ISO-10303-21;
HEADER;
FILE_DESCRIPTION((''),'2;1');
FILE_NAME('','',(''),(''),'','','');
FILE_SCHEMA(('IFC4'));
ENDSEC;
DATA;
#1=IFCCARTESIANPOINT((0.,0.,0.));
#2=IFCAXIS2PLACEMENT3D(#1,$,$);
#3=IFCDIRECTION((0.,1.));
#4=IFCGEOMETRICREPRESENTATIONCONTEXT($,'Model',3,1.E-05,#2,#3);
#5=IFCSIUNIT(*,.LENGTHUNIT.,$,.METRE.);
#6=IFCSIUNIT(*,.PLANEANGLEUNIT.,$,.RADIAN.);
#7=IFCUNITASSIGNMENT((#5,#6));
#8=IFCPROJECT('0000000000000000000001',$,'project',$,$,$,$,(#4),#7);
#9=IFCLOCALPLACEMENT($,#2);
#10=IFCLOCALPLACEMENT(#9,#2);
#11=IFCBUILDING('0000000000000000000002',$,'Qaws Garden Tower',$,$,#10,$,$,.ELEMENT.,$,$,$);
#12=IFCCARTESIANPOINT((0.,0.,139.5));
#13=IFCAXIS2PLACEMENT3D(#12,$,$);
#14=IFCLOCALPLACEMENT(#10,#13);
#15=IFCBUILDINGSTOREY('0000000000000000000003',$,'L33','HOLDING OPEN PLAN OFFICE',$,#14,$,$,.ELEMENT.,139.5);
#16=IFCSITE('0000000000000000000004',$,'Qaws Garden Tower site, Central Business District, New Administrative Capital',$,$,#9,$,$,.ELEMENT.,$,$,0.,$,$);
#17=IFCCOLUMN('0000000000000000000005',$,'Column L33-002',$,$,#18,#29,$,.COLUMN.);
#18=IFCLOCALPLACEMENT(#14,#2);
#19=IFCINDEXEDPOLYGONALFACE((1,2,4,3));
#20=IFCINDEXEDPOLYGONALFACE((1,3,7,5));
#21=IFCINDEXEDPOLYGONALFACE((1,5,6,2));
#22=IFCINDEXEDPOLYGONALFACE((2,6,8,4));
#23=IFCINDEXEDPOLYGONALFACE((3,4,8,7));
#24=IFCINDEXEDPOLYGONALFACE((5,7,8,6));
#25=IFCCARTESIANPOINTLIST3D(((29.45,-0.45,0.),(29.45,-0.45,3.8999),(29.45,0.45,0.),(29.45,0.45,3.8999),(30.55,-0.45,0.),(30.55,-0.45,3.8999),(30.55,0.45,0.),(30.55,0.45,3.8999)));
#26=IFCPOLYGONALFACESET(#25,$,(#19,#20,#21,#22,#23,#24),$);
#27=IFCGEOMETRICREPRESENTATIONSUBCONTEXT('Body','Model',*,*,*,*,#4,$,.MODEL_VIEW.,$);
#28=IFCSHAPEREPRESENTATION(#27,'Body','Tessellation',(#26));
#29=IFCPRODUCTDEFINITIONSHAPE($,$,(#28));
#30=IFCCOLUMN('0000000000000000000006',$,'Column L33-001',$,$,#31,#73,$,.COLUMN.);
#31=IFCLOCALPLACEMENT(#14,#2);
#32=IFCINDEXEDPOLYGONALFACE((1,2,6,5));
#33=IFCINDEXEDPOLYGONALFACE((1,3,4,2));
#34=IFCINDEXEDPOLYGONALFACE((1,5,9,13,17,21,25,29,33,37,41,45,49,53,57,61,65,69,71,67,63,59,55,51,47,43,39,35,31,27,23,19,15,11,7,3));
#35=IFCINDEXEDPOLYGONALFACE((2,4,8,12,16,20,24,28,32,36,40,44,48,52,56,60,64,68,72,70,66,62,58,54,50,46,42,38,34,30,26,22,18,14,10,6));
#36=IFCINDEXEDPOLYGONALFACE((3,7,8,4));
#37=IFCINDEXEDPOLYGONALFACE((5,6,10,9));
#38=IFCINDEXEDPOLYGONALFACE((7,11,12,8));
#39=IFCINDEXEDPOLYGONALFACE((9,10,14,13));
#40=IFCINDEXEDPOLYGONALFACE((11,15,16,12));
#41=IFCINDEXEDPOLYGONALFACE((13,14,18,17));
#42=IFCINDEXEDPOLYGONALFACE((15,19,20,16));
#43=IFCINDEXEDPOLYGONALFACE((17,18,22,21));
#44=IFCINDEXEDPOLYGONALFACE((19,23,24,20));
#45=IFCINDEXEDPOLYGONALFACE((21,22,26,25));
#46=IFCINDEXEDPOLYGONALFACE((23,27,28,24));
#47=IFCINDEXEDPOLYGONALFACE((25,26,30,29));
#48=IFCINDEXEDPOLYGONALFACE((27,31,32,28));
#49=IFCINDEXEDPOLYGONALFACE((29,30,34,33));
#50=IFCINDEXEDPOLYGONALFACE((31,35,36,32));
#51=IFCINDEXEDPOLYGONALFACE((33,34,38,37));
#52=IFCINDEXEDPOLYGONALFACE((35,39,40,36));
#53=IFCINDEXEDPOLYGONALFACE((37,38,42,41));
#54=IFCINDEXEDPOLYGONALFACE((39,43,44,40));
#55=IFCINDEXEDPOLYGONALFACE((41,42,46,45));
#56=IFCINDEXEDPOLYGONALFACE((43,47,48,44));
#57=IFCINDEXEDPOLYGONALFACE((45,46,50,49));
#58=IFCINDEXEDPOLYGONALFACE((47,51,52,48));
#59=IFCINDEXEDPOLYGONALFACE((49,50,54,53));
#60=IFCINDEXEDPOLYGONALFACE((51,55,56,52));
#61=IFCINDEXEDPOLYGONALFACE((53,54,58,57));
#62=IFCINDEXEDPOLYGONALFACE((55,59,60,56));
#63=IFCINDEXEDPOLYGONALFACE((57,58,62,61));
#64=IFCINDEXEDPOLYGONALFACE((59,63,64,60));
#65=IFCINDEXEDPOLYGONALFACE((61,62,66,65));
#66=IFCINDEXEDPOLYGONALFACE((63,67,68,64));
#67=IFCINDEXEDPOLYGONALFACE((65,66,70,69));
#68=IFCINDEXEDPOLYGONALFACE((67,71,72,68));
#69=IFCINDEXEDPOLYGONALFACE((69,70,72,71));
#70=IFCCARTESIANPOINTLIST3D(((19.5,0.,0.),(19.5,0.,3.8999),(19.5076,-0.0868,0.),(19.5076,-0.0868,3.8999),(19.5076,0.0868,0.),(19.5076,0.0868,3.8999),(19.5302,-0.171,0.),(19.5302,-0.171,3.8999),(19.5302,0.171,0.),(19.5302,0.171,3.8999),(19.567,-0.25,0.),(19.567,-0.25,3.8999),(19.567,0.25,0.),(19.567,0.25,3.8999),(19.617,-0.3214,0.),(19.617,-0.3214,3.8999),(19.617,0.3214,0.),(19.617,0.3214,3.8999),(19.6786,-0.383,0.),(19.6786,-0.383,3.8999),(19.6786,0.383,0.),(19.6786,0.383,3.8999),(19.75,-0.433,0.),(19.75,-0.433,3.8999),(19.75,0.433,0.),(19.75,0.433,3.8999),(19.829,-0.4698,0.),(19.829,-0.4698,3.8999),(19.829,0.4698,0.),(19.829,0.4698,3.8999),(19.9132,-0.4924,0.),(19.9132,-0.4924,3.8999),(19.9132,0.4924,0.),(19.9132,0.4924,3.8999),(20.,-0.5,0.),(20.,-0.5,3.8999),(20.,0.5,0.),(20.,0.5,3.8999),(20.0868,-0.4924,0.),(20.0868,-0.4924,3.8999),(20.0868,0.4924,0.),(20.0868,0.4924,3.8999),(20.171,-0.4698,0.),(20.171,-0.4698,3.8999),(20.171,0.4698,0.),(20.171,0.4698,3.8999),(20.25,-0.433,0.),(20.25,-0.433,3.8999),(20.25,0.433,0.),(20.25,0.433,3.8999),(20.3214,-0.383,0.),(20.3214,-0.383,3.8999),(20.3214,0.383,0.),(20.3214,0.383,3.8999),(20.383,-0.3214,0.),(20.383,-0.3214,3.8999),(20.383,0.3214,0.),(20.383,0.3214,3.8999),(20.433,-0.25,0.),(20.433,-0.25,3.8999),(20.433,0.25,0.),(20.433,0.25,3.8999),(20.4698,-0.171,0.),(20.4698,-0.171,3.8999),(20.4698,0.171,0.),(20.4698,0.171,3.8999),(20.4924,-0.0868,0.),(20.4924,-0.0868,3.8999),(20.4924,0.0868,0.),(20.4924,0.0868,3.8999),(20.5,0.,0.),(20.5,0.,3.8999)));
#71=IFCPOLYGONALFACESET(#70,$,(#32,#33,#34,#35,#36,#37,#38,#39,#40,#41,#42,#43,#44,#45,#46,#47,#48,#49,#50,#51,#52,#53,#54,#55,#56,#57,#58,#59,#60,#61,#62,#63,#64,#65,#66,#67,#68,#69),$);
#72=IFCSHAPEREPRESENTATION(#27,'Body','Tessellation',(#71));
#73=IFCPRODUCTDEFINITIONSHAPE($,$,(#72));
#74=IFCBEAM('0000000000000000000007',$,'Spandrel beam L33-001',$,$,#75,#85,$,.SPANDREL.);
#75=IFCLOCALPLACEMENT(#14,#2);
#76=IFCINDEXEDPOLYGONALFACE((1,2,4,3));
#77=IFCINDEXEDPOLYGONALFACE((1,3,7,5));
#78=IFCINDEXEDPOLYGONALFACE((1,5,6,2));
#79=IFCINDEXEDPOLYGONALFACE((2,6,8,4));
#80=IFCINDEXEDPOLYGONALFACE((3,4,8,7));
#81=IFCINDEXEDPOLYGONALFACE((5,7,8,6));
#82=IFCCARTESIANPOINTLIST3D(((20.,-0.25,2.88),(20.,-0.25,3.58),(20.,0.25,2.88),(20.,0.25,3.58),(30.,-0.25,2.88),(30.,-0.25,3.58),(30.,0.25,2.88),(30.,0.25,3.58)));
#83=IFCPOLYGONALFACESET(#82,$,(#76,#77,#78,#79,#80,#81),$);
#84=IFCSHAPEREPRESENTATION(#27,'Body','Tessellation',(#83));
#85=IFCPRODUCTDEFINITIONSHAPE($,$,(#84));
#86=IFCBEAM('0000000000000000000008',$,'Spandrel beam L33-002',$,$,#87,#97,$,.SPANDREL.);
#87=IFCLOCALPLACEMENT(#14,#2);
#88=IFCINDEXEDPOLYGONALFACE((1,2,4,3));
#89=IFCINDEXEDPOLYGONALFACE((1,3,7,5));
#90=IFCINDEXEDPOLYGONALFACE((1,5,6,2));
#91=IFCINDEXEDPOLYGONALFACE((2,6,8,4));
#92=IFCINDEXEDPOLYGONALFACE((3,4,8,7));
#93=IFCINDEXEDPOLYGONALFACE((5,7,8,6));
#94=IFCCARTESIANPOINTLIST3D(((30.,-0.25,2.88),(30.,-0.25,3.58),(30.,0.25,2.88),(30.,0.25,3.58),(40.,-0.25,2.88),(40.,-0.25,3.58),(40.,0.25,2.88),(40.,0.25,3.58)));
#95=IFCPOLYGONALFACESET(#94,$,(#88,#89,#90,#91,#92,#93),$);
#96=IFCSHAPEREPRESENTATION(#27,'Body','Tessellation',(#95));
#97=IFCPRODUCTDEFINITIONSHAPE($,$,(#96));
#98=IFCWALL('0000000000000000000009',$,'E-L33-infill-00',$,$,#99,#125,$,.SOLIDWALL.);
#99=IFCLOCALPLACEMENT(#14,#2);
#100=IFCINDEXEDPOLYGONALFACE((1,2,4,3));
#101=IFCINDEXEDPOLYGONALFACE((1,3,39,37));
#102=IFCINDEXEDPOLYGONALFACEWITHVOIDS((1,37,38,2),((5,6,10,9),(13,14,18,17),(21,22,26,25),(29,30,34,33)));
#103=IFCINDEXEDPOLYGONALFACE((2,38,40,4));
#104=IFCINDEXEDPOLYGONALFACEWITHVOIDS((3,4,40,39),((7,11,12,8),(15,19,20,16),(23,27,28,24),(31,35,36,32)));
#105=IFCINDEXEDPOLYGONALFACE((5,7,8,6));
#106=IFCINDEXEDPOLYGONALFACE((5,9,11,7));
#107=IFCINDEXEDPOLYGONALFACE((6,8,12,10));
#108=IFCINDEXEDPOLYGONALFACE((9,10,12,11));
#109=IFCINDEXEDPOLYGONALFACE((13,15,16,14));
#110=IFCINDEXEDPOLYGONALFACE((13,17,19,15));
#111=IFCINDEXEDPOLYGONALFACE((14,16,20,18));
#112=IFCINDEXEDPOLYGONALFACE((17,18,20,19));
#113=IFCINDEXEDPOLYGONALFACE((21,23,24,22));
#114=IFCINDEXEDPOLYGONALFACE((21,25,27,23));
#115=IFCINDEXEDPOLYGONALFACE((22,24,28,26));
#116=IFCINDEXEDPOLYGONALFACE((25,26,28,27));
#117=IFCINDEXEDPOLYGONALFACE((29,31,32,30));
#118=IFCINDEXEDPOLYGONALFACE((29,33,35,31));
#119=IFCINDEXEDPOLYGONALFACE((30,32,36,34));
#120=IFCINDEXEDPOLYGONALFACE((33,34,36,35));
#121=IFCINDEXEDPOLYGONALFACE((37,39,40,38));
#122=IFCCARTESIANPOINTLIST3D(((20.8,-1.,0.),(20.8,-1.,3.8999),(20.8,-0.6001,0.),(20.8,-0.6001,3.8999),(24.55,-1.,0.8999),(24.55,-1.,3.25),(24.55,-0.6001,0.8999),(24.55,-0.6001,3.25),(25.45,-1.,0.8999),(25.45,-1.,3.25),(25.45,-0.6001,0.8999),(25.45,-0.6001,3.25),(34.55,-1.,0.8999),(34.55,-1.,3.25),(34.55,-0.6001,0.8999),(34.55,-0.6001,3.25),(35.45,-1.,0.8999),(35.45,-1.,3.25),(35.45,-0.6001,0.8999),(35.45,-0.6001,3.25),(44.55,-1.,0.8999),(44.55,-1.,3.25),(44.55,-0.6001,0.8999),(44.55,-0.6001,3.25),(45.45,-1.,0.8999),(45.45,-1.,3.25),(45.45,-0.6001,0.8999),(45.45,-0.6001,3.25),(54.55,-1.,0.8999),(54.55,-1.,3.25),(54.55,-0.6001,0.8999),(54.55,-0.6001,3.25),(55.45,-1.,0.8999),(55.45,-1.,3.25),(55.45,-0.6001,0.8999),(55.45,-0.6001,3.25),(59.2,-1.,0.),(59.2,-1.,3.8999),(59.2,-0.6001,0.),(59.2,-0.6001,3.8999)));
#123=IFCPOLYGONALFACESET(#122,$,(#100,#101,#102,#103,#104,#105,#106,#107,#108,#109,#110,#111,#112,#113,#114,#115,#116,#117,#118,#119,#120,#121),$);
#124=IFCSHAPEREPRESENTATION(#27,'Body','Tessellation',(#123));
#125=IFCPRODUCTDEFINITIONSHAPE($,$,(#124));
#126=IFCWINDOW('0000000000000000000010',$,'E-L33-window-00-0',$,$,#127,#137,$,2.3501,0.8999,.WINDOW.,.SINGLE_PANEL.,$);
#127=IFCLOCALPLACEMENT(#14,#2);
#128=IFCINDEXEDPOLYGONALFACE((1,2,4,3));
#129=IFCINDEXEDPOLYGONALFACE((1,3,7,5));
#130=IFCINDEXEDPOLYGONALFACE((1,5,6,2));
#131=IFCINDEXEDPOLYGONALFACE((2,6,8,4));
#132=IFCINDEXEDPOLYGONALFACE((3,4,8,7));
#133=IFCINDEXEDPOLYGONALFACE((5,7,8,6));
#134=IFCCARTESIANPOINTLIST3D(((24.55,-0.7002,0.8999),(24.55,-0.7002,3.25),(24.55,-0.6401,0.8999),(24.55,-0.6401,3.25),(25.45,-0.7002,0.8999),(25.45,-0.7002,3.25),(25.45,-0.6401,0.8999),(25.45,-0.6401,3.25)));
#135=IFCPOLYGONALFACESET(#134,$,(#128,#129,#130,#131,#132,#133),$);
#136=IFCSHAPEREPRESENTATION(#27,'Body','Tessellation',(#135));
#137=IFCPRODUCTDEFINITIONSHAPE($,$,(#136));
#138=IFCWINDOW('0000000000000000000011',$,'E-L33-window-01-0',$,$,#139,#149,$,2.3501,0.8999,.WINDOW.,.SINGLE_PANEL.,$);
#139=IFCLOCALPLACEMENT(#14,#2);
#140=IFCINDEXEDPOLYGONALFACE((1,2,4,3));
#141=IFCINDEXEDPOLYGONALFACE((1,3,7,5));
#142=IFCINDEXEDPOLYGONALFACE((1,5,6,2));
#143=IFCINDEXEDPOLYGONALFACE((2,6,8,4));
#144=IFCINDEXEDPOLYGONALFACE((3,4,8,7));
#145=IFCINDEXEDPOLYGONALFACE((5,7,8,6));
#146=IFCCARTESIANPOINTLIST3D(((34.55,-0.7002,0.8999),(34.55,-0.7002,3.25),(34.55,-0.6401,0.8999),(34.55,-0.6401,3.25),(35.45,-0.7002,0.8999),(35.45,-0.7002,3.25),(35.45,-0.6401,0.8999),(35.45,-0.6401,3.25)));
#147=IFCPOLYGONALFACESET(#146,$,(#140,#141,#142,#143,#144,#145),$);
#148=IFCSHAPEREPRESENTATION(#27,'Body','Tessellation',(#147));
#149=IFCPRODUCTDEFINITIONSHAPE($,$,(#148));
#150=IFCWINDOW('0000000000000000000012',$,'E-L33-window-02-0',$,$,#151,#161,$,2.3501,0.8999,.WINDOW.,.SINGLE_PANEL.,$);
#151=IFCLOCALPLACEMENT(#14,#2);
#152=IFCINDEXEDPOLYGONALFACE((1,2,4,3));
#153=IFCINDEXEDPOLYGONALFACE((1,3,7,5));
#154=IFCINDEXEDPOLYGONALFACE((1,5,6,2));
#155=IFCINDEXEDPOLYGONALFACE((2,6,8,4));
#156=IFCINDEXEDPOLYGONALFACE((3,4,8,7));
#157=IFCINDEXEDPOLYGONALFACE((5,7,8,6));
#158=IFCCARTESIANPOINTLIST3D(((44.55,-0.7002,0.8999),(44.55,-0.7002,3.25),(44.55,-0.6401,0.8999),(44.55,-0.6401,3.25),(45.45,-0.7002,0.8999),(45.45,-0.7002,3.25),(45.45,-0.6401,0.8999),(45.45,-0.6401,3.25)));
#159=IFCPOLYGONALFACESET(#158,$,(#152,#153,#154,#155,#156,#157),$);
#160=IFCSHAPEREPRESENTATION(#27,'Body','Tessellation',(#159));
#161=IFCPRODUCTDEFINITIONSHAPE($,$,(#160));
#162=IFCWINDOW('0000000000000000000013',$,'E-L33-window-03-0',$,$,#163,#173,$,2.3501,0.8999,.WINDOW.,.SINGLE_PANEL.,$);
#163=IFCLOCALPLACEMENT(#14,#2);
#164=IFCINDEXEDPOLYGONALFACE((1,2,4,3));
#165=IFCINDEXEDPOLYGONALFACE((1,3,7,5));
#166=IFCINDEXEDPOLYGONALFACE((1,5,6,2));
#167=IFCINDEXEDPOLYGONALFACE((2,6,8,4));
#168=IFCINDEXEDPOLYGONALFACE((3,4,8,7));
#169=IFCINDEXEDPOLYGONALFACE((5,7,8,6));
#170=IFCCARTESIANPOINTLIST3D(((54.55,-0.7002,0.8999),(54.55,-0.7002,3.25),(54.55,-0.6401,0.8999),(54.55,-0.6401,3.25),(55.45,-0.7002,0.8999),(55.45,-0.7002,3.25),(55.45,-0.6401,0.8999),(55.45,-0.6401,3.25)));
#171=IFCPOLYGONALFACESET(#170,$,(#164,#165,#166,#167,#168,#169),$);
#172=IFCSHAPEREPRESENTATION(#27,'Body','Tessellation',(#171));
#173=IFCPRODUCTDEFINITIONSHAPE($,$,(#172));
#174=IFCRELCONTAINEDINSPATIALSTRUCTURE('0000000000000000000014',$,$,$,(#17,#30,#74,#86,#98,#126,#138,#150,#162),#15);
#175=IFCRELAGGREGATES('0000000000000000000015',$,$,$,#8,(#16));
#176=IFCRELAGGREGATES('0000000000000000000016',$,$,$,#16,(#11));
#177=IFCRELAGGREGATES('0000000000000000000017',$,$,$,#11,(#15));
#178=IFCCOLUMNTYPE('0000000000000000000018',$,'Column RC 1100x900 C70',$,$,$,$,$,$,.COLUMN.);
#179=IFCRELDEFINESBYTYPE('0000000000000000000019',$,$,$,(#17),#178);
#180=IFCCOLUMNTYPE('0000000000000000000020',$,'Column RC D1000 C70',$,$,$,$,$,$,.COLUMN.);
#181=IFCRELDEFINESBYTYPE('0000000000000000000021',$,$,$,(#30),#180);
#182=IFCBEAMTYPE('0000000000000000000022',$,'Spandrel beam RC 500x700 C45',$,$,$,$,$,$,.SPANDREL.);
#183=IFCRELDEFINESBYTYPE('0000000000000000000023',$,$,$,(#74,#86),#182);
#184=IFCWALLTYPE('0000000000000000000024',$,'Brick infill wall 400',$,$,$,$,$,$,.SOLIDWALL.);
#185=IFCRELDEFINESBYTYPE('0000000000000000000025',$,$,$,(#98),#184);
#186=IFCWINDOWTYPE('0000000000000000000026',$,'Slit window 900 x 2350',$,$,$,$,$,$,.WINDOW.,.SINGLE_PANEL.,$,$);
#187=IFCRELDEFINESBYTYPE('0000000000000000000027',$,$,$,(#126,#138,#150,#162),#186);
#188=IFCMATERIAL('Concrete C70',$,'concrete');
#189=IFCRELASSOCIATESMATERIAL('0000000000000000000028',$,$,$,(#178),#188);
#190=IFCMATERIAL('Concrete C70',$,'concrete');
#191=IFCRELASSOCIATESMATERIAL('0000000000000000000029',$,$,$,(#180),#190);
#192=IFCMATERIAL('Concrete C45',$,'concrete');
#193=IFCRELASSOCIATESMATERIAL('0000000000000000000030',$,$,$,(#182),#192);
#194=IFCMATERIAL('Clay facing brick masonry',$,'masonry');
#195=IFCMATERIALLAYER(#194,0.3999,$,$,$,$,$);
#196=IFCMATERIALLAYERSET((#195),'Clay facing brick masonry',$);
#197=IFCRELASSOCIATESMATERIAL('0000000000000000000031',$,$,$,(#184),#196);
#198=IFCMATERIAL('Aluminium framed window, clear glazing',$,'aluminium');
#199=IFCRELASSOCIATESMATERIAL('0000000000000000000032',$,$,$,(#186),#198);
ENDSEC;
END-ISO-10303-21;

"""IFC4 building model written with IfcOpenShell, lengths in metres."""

from ifc_helpers import new_model, si_unit, direction, frame, frame_2d, origin, origin_2d, place, context, subcontext, project, spatial, rectangle, circle, extrude, material, layer, layer_set, material_profile, profile_set, type_object, element, fill, save


model = new_model("IFC4")

# Units and contexts
model_context = context("Model", 3, precision=1e-05, world=origin(), true_north=direction((0.0, 1.0)))
body_context = subcontext(model_context, "Body", "Model", "MODEL_VIEW")
ifc_project = project(units=[si_unit("LENGTHUNIT", "METRE"), si_unit("PLANEANGLEUNIT", "RADIAN")], contexts=[model_context])

# Site, building, storey
site_placement = place(None, origin())
site = spatial("IfcSite", under=ifc_project, at=site_placement, Name="Qaws Garden Tower site, Central Business District, New Administrative Capital", CompositionType="ELEMENT", RefElevation=0.0)
building_placement = place(site_placement, origin())
building = spatial("IfcBuilding", under=site, at=building_placement, Name="Qaws Garden Tower", CompositionType="ELEMENT")
storey_placement = place(building_placement, frame((0.0, 0.0, 139.5)))
storey = spatial("IfcBuildingStorey", under=building, at=storey_placement, Name="L33", Description="HOLDING OPEN PLAN OFFICE", CompositionType="ELEMENT", Elevation=139.5)

# Columns
ifc_material_1 = material(Name="Concrete C70", Category="concrete")
ifc_material_profile_1 = material_profile(ifc_material_1, rectangle(XDim=1.1001, YDim=0.8999, at=origin_2d()), Name="RC 1100x900")
ifc_profile_set_1 = profile_set([ifc_material_profile_1], Name="Concrete C70")
column_type_1 = type_object("IfcColumnType", Name="Column RC 1100x900 C70", PredefinedType="COLUMN", material=ifc_profile_set_1)
column_1_placement = place(storey_placement, frame((30.0, 0.0, 0.0), z_axis=(0.0, 0.0, 1.0), x_axis=(1.0, 0.0, 0.0)))
element("IfcColumn", 1, at=column_1_placement, inside=storey, type_object=column_type_1, Name="Column L33-002", PredefinedType="COLUMN", context=body_context, shape_type="SweptSolid", body=[
    extrude(rectangle(XDim=1.1001, YDim=0.8999, at=origin_2d()), origin(), (0.0, 0.0, 1.0), 3.8999),
])
ifc_material_2 = material(Name="Concrete C70", Category="concrete")
ifc_material_profile_2 = material_profile(ifc_material_2, circle(Radius=0.5, at=origin_2d()), Name="RC D1000")
ifc_profile_set_2 = profile_set([ifc_material_profile_2], Name="Concrete C70")
column_type_2 = type_object("IfcColumnType", Name="Column RC D1000 C70", PredefinedType="COLUMN", material=ifc_profile_set_2)
column_2_placement = place(storey_placement, frame((20.0, 0.0, 0.0), z_axis=(0.0, 0.0, 1.0), x_axis=(1.0, 0.0, 0.0)))
element("IfcColumn", 2, at=column_2_placement, inside=storey, type_object=column_type_2, Name="Column L33-001", PredefinedType="COLUMN", context=body_context, shape_type="SweptSolid", body=[
    extrude(circle(Radius=0.5, at=origin_2d()), origin(), (0.0, 0.0, 1.0), 3.8999),
])

# Beams
ifc_material_3 = material(Name="Concrete C45", Category="concrete")
ifc_material_profile_3 = material_profile(ifc_material_3, rectangle(XDim=0.5, YDim=0.7, at=origin_2d()), Name="RC 500x700")
ifc_profile_set_3 = profile_set([ifc_material_profile_3], Name="Concrete C45")
beam_type = type_object("IfcBeamType", Name="Spandrel beam RC 500x700 C45", PredefinedType="SPANDREL", material=ifc_profile_set_3)
for number, where, z_axis, x_axis, name in (
    (3, (20.0, 0.0, 3.23), (1.0, 0.0, 0.0), (0.0, 1.0, 0.0), "Spandrel beam L33-001"),
    (4, (30.0, 0.0, 3.23), (1.0, 0.0, 0.0), (0.0, 1.0, 0.0), "Spandrel beam L33-002"),
):
    element("IfcBeam", number, at=place(storey_placement, frame(where, z_axis=z_axis, x_axis=x_axis)), inside=storey, type_object=beam_type, Name=name, PredefinedType="SPANDREL", context=body_context, shape_type="SweptSolid", body=[
        extrude(rectangle(XDim=0.5, YDim=0.7, at=origin_2d()), origin(), (0.0, 0.0, 1.0), 10.0),
    ])

# Wall, openings, windows
ifc_material_4 = material(Name="Clay facing brick masonry", Category="masonry")
ifc_layer_1 = layer(ifc_material_4, 0.3999)
ifc_layer_set_1 = layer_set([ifc_layer_1], Name="Clay facing brick masonry")
wall_type_1 = type_object("IfcWallType", Name="Brick infill wall 400", PredefinedType="SOLIDWALL", material=ifc_layer_set_1)
wall_1_placement = place(storey_placement, frame((20.8, -0.8, 0.0), z_axis=(0.0, 0.0, 1.0), x_axis=(1.0, 0.0, 0.0)))
wall_1 = element("IfcWall", 5, at=wall_1_placement, inside=storey, type_object=wall_type_1, Name="E-L33-infill-00", PredefinedType="SOLIDWALL", context=body_context, shape_type="SweptSolid", body=[
    extrude(rectangle(XDim=38.3999, YDim=0.3999, at=frame_2d((19.2, 0.0))), origin(), (0.0, 0.0, 1.0), 3.8999),
])
opening_1_placement = place(wall_1_placement, frame((3.75, 0.0, 0.8999)))
opening_1 = element("IfcOpeningElement", 6, at=opening_1_placement, cuts=wall_1, PredefinedType="OPENING", context=body_context, shape_type="SweptSolid", body=[
    extrude(rectangle(XDim=0.8999, YDim=2.3501, at=frame_2d((0.45, 1.175))), frame((0.0, 0.21, 0.0), z_axis=(0.0, -1.0, 0.0), x_axis=(1.0, 0.0, 0.0)), (0.0, 0.0, 1.0), 0.4199),
])
opening_2_placement = place(wall_1_placement, frame((13.75, 0.0, 0.8999)))
opening_2 = element("IfcOpeningElement", 7, at=opening_2_placement, cuts=wall_1, PredefinedType="OPENING", context=body_context, shape_type="SweptSolid", body=[
    extrude(rectangle(XDim=0.8999, YDim=2.3501, at=frame_2d((0.45, 1.175))), frame((0.0, 0.21, 0.0), z_axis=(0.0, -1.0, 0.0), x_axis=(1.0, 0.0, 0.0)), (0.0, 0.0, 1.0), 0.4199),
])
opening_3_placement = place(wall_1_placement, frame((23.75, 0.0, 0.8999)))
opening_3 = element("IfcOpeningElement", 8, at=opening_3_placement, cuts=wall_1, PredefinedType="OPENING", context=body_context, shape_type="SweptSolid", body=[
    extrude(rectangle(XDim=0.8999, YDim=2.3501, at=frame_2d((0.45, 1.175))), frame((0.0, 0.21, 0.0), z_axis=(0.0, -1.0, 0.0), x_axis=(1.0, 0.0, 0.0)), (0.0, 0.0, 1.0), 0.4199),
])
opening_4_placement = place(wall_1_placement, frame((33.75, 0.0, 0.8999)))
opening_4 = element("IfcOpeningElement", 9, at=opening_4_placement, cuts=wall_1, PredefinedType="OPENING", context=body_context, shape_type="SweptSolid", body=[
    extrude(rectangle(XDim=0.8999, YDim=2.3501, at=frame_2d((0.45, 1.175))), frame((0.0, 0.21, 0.0), z_axis=(0.0, -1.0, 0.0), x_axis=(1.0, 0.0, 0.0)), (0.0, 0.0, 1.0), 0.4199),
])
ifc_material_5 = material(Name="Aluminium framed window, clear glazing", Category="aluminium")
window_type = type_object("IfcWindowType", Name="Slit window 900 x 2350", PartitioningType="SINGLE_PANEL", PredefinedType="WINDOW", material=ifc_material_5)
window_1_placement = place(opening_1_placement, origin())
window_1 = element("IfcWindow", 10, at=window_1_placement, inside=storey, type_object=window_type, Name="E-L33-window-00-0", OverallHeight=2.3501, OverallWidth=0.8999, PartitioningType="SINGLE_PANEL", PredefinedType="WINDOW", context=body_context, shape_type="SweptSolid", body=[
    extrude(rectangle(XDim=0.8999, YDim=2.3501, at=frame_2d((0.45, 1.175))), frame((0.0, 0.1599, 0.0), z_axis=(0.0, -1.0, 0.0), x_axis=(1.0, 0.0, 0.0)), (0.0, 0.0, 1.0), 0.0601),
])
fill(opening_1, window_1)
window_2_placement = place(opening_2_placement, origin())
window_2 = element("IfcWindow", 11, at=window_2_placement, inside=storey, type_object=window_type, Name="E-L33-window-01-0", OverallHeight=2.3501, OverallWidth=0.8999, PartitioningType="SINGLE_PANEL", PredefinedType="WINDOW", context=body_context, shape_type="SweptSolid", body=[
    extrude(rectangle(XDim=0.8999, YDim=2.3501, at=frame_2d((0.45, 1.175))), frame((0.0, 0.1599, 0.0), z_axis=(0.0, -1.0, 0.0), x_axis=(1.0, 0.0, 0.0)), (0.0, 0.0, 1.0), 0.0601),
])
fill(opening_2, window_2)
window_3_placement = place(opening_3_placement, origin())
window_3 = element("IfcWindow", 12, at=window_3_placement, inside=storey, type_object=window_type, Name="E-L33-window-02-0", OverallHeight=2.3501, OverallWidth=0.8999, PartitioningType="SINGLE_PANEL", PredefinedType="WINDOW", context=body_context, shape_type="SweptSolid", body=[
    extrude(rectangle(XDim=0.8999, YDim=2.3501, at=frame_2d((0.45, 1.175))), frame((0.0, 0.1599, 0.0), z_axis=(0.0, -1.0, 0.0), x_axis=(1.0, 0.0, 0.0)), (0.0, 0.0, 1.0), 0.0601),
])
fill(opening_3, window_3)
window_4_placement = place(opening_4_placement, origin())
window_4 = element("IfcWindow", 13, at=window_4_placement, inside=storey, type_object=window_type, Name="E-L33-window-03-0", OverallHeight=2.3501, OverallWidth=0.8999, PartitioningType="SINGLE_PANEL", PredefinedType="WINDOW", context=body_context, shape_type="SweptSolid", body=[
    extrude(rectangle(XDim=0.8999, YDim=2.3501, at=frame_2d((0.45, 1.175))), frame((0.0, 0.1599, 0.0), z_axis=(0.0, -1.0, 0.0), x_axis=(1.0, 0.0, 0.0)), (0.0, 0.0, 1.0), 0.0601),
])
fill(opening_4, window_4)

save(model, "model.ifc")
